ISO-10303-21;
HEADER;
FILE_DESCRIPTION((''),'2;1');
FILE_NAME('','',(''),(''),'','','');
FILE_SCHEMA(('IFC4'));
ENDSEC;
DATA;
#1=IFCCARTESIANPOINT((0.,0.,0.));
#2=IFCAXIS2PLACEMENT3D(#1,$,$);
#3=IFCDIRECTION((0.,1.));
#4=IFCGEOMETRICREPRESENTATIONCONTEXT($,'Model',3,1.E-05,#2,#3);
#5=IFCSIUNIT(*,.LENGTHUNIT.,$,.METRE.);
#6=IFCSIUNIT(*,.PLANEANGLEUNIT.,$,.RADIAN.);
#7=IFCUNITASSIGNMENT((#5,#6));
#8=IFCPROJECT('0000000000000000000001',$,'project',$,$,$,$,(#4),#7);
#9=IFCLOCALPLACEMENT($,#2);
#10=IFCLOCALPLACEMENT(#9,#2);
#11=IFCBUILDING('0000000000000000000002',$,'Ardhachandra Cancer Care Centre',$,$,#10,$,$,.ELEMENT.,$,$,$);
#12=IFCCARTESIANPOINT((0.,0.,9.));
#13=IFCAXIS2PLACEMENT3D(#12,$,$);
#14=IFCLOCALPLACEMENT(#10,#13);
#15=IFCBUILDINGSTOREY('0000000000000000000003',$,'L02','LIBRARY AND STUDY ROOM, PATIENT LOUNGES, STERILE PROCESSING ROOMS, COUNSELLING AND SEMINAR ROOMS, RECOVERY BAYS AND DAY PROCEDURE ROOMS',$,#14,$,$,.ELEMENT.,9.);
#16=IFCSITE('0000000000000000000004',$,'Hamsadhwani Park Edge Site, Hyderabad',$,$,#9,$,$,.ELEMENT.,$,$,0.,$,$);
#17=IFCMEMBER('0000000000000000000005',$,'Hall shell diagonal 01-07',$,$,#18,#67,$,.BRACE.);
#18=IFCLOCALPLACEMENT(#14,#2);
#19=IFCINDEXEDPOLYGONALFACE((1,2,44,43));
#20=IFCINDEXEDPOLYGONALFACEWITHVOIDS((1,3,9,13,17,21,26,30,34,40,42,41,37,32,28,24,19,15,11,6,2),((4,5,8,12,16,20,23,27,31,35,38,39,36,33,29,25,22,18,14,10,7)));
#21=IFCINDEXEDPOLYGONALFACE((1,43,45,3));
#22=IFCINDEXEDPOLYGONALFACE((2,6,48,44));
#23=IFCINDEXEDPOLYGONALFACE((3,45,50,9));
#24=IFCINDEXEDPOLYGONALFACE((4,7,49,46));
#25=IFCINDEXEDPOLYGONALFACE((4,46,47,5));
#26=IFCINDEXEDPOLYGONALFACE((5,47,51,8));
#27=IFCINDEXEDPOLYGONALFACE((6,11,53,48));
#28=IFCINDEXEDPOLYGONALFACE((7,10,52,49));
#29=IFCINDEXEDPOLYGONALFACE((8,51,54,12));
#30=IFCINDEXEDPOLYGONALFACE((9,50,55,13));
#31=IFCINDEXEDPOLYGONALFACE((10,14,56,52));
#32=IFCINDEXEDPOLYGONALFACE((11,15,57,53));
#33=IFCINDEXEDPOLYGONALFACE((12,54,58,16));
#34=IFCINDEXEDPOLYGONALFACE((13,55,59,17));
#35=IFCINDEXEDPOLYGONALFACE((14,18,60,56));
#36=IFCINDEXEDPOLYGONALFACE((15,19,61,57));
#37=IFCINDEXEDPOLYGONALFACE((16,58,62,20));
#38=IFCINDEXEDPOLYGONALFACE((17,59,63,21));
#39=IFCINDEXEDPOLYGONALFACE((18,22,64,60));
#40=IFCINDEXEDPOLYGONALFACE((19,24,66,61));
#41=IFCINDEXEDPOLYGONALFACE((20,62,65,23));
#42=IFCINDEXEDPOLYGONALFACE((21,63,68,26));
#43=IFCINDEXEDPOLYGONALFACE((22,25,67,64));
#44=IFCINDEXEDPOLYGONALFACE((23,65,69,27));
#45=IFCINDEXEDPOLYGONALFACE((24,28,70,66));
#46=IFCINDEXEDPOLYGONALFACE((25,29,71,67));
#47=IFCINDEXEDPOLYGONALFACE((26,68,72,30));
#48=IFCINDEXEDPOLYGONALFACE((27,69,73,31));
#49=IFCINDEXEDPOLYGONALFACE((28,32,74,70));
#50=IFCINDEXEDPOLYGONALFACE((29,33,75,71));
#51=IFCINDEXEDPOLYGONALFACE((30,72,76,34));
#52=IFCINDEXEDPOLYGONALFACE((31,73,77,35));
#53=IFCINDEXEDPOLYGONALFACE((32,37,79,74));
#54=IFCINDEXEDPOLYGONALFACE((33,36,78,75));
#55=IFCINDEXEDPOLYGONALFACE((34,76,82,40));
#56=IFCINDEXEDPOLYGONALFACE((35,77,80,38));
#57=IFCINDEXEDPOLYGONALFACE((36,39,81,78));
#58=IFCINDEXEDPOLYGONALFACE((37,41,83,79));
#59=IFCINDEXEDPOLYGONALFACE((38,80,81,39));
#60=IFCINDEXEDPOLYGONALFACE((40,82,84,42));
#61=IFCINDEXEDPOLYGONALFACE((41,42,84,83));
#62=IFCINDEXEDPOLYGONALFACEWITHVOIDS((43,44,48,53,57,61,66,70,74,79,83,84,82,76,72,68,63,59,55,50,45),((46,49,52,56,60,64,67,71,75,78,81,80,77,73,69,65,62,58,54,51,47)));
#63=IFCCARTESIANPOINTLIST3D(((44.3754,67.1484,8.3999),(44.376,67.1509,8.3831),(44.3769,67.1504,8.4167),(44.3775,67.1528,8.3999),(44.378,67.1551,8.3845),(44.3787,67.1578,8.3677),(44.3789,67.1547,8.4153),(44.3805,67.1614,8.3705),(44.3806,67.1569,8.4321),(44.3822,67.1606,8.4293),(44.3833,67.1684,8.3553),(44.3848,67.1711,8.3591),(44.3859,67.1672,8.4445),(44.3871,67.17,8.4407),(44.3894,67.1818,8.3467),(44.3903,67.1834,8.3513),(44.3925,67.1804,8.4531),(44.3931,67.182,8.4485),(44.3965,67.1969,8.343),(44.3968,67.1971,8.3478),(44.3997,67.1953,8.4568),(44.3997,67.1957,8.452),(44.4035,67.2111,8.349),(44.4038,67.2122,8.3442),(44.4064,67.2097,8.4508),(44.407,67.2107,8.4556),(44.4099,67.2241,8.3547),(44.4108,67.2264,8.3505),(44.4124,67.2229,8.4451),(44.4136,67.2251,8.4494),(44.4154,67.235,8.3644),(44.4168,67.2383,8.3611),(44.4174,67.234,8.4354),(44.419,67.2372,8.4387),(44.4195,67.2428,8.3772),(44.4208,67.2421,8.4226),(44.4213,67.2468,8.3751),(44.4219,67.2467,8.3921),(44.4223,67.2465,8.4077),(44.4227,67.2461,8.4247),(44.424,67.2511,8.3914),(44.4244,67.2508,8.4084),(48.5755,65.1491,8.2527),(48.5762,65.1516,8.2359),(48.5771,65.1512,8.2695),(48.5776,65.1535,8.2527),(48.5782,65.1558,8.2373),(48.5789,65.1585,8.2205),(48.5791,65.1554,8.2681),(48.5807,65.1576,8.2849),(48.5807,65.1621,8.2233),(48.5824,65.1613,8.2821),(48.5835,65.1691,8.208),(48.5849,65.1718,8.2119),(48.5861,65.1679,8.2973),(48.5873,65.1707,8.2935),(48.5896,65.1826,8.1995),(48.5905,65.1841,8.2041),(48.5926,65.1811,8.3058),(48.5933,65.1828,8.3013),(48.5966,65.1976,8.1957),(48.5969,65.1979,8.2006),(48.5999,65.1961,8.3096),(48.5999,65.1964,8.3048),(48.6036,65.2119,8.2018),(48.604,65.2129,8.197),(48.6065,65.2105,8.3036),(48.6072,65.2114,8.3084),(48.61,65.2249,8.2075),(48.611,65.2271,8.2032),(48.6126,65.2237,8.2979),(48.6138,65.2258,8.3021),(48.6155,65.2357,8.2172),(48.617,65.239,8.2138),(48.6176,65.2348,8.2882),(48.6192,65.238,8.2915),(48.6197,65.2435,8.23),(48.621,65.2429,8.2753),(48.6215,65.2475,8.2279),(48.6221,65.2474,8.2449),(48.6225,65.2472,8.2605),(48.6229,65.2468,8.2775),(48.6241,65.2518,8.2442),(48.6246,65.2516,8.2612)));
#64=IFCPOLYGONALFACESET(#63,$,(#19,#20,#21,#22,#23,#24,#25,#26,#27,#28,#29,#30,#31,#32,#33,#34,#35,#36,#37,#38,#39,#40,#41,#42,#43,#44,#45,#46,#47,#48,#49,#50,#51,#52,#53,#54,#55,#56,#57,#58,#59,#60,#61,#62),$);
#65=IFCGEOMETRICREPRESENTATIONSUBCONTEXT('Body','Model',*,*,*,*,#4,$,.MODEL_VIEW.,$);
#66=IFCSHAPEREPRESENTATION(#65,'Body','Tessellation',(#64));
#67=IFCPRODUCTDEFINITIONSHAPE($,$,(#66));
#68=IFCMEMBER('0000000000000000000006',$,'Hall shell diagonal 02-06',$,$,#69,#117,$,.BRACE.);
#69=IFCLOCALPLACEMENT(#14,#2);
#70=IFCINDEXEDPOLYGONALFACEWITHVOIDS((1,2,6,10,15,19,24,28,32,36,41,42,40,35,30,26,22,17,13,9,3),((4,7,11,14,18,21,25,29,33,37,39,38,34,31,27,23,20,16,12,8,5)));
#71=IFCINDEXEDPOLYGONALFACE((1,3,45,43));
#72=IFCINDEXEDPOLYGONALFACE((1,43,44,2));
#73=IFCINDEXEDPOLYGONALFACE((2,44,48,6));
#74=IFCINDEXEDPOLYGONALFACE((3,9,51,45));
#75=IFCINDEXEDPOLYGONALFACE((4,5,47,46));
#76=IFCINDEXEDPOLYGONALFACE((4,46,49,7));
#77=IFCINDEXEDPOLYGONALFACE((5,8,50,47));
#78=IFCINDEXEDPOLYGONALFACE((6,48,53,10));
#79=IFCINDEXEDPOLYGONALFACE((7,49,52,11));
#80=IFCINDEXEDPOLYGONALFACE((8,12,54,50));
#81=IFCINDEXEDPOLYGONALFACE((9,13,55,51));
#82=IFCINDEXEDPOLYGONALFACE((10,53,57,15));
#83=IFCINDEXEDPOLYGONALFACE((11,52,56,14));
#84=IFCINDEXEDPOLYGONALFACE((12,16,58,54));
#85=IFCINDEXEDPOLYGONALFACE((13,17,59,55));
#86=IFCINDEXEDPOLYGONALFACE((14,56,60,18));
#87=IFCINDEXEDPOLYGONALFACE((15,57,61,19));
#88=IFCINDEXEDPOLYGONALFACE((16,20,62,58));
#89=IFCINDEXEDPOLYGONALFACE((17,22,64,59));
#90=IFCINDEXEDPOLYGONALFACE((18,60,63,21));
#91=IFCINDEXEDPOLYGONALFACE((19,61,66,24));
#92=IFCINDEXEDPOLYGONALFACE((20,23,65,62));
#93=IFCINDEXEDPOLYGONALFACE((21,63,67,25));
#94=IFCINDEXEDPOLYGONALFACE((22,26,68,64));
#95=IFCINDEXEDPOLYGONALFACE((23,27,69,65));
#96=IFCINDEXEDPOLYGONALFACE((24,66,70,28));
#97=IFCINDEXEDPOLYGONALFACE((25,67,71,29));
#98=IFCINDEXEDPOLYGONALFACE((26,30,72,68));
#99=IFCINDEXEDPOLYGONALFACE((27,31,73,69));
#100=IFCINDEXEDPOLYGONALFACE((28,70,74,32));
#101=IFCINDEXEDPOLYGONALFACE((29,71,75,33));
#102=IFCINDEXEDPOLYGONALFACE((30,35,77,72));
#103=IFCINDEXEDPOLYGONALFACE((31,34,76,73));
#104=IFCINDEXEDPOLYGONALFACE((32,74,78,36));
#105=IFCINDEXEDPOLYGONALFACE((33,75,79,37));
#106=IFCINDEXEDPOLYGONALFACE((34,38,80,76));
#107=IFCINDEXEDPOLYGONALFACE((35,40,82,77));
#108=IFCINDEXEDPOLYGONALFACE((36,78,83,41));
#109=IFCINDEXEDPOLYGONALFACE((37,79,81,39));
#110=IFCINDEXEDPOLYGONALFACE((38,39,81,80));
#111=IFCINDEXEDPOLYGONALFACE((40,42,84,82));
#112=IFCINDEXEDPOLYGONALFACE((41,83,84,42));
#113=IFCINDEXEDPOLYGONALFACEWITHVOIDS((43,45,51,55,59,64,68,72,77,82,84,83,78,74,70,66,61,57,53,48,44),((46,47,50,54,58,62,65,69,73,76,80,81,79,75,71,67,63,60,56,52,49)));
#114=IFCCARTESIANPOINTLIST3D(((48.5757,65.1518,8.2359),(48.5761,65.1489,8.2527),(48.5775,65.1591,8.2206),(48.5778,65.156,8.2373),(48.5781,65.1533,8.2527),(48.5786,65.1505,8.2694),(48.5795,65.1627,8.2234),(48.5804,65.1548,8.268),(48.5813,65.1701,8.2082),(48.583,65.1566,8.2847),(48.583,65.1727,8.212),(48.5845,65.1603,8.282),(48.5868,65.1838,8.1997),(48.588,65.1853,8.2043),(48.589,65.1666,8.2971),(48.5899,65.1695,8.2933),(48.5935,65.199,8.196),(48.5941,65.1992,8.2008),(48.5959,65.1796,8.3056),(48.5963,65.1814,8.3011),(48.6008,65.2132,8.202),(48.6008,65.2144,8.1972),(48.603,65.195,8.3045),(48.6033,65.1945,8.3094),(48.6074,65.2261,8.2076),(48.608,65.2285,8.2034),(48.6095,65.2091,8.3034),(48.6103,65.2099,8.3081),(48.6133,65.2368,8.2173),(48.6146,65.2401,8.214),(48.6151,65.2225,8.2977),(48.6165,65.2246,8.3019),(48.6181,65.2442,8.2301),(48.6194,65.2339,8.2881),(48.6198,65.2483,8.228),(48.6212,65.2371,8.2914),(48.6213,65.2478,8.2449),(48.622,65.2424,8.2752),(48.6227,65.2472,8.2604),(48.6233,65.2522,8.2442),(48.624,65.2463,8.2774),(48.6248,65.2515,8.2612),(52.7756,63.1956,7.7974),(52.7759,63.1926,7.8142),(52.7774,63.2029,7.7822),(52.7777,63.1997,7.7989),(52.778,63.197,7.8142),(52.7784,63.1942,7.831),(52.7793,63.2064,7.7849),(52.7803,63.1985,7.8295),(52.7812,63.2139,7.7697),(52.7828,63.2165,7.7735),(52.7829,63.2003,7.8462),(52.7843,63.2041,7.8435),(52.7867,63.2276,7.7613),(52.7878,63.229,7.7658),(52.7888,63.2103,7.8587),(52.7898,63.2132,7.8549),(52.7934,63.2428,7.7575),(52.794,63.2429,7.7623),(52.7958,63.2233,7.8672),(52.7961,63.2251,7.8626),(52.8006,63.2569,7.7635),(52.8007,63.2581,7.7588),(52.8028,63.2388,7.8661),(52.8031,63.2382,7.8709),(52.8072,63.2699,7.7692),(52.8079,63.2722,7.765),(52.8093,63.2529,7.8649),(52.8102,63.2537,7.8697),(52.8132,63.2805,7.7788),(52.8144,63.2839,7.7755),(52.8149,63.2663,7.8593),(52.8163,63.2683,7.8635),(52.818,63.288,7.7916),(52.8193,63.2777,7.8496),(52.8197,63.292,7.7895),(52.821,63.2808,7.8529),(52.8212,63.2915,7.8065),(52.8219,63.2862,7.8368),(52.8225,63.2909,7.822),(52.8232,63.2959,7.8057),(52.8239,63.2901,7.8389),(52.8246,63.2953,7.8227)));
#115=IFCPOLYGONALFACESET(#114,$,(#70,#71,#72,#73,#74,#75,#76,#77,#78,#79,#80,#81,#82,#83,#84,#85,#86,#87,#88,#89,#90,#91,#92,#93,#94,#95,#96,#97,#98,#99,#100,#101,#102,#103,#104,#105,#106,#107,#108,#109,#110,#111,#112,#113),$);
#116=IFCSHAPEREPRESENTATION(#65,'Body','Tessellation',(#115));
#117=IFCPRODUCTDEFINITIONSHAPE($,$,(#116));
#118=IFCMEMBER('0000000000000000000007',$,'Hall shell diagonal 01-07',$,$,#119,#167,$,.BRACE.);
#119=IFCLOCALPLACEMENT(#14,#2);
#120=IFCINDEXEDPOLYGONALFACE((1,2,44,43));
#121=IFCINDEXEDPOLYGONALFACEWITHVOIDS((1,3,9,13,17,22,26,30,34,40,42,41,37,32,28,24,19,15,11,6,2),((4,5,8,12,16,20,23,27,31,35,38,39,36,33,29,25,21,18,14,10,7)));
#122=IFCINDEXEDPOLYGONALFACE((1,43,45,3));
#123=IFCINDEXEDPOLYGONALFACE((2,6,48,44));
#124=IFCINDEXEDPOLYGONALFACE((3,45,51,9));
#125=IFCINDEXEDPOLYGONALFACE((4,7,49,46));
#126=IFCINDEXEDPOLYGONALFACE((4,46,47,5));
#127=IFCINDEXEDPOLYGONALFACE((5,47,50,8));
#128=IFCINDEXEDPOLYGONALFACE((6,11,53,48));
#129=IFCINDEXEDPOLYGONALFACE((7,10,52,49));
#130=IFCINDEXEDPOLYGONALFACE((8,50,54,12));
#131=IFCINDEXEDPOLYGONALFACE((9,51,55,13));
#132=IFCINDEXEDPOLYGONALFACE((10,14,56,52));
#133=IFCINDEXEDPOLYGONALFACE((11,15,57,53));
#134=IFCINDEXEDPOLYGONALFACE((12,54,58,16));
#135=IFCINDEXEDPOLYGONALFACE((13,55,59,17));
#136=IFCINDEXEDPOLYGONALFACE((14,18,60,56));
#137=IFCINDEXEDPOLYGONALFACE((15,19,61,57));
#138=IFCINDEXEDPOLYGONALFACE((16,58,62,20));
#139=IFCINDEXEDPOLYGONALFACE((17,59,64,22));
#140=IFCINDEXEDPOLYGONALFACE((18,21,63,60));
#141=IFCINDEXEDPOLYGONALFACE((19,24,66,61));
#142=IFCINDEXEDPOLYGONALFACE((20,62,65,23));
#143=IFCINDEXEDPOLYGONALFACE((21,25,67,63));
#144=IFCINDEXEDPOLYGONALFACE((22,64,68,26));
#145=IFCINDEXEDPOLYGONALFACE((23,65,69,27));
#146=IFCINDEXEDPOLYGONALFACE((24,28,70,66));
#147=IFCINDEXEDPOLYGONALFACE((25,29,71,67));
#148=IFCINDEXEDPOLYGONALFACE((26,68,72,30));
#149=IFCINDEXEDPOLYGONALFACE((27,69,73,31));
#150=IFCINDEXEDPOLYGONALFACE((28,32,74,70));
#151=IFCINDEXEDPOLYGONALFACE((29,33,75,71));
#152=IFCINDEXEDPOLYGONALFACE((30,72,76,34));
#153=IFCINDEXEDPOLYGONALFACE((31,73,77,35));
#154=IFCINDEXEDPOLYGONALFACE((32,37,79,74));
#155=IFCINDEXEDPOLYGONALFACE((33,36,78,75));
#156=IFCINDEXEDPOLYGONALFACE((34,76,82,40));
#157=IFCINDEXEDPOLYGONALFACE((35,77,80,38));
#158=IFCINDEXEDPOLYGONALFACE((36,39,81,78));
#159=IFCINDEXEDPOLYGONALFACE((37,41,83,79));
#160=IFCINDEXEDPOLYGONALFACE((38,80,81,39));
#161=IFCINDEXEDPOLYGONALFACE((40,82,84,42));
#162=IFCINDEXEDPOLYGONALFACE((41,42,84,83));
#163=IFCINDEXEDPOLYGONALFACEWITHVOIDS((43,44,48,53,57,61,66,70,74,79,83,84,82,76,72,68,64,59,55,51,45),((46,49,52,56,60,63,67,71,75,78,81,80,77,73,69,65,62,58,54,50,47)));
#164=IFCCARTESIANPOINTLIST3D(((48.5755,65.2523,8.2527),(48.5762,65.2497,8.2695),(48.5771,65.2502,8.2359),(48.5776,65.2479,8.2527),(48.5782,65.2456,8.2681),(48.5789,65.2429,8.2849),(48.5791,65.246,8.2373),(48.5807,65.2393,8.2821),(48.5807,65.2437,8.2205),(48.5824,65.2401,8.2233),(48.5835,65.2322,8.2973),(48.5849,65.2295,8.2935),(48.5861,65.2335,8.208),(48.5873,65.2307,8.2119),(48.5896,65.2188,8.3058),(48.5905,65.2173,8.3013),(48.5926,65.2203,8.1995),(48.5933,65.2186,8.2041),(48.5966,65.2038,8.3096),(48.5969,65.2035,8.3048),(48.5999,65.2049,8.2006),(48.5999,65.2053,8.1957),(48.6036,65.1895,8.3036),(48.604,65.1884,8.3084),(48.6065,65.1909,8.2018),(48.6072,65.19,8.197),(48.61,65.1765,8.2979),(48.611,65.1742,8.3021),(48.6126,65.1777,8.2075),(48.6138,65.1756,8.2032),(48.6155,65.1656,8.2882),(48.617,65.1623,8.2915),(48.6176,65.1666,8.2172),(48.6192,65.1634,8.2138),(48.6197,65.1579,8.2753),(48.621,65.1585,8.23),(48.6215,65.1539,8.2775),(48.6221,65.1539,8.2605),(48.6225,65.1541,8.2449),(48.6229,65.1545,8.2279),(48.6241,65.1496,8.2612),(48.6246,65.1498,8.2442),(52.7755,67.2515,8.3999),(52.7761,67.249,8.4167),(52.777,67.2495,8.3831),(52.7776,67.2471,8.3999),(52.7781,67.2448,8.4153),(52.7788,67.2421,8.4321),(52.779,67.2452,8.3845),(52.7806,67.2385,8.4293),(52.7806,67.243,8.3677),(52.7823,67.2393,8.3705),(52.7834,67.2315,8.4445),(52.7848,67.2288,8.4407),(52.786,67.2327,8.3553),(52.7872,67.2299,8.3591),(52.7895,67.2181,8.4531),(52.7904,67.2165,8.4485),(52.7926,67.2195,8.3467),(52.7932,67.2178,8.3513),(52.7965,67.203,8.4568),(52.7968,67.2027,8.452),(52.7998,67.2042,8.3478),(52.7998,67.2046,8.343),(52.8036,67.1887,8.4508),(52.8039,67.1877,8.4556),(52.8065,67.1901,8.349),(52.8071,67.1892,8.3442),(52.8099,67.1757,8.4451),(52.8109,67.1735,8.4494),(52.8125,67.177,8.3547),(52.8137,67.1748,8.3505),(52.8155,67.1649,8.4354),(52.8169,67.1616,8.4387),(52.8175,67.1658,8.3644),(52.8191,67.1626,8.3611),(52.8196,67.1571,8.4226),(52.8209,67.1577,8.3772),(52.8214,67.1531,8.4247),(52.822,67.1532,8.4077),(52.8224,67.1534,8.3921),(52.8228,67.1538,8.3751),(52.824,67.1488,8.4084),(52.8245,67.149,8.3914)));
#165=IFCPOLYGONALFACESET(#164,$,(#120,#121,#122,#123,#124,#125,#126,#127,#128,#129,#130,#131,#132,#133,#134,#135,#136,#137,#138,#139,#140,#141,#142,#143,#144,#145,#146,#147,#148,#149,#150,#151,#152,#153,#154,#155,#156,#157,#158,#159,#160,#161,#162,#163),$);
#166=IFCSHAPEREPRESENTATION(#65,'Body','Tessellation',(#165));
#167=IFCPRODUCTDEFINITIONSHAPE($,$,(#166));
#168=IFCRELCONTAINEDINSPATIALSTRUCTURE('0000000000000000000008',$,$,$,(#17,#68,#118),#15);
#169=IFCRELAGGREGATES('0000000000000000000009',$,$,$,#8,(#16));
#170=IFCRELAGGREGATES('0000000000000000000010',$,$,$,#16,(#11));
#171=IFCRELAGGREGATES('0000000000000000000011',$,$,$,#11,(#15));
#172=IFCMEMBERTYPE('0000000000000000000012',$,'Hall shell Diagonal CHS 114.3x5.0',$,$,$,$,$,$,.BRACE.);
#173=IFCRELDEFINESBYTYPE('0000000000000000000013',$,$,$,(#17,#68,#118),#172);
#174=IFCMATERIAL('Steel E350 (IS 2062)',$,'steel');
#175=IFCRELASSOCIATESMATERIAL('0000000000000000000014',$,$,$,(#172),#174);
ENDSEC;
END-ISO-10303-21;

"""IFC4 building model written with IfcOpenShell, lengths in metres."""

from ifc_helpers import new_model, si_unit, direction, frame, origin, origin_2d, place, context, subcontext, project, spatial, hollow_circle, extrude, material, material_profile, profile_set, type_object, element, save


model = new_model("IFC4")

# Units and contexts
model_context = context("Model", 3, precision=1e-05, world=origin(), true_north=direction((0.0, 1.0)))
body_context = subcontext(model_context, "Body", "Model", "MODEL_VIEW")
ifc_project = project(units=[si_unit("LENGTHUNIT", "METRE"), si_unit("PLANEANGLEUNIT", "RADIAN")], contexts=[model_context])

# Site, building, storey
site_placement = place(None, origin())
site = spatial("IfcSite", under=ifc_project, at=site_placement, Name="Hamsadhwani Park Edge Site, Hyderabad", CompositionType="ELEMENT", RefElevation=0.0)
building_placement = place(site_placement, origin())
building = spatial("IfcBuilding", under=site, at=building_placement, Name="Ardhachandra Cancer Care Centre", CompositionType="ELEMENT")
storey_placement = place(building_placement, frame((0.0, 0.0, 9.0)))
storey = spatial("IfcBuildingStorey", under=building, at=storey_placement, Name="L02", Description="LIBRARY AND STUDY ROOM, PATIENT LOUNGES, STERILE PROCESSING ROOMS, COUNSELLING AND SEMINAR ROOMS, RECOVERY BAYS AND DAY PROCEDURE ROOMS", CompositionType="ELEMENT", Elevation=9.0)

# Members
ifc_material_1 = material(Name="Steel E350 (IS 2062)", Category="steel")
ifc_material_profile_1 = material_profile(ifc_material_1, hollow_circle(Radius=0.0571, WallThickness=0.0049, at=origin_2d()), Name="CHS 114.3x5.0")
ifc_profile_set_1 = profile_set([ifc_material_profile_1], Name="Steel E350 (IS 2062)")
member_type_1 = type_object("IfcMemberType", Name="Hall shell Diagonal CHS 114.3x5.0", PredefinedType="BRACE", material=ifc_profile_set_1)
member_1_placement = place(storey_placement, frame((48.6001, 65.2007, 8.2527), z_axis=(-0.902478, 0.429574, 0.031632), x_axis=(-0.429789, -0.902929, 0.0)))
element("IfcMember", 1, at=member_1_placement, inside=storey, type_object=member_type_1, Name="Hall shell diagonal 01-07", PredefinedType="BRACE", context=body_context, shape_type="SweptSolid", body=[
    extrude(hollow_circle(Radius=0.0571, WallThickness=0.0049, at=origin_2d()), origin(), (0.0, 0.0, 1.0), 4.6541),
])
for number, where, z_axis, x_axis, name in (
    (2, (52.8, 63.2444, 7.8142), (-0.902455, 0.420355, 0.094217), (-0.422233, -0.906487, 0.0), "Hall shell diagonal 02-06"),
    (3, (48.6001, 65.2007, 8.2527), (0.902468, 0.429594, 0.031633), (-0.429809, 0.90292, 0.0), "Hall shell diagonal 01-07"),
):
    element("IfcMember", number, at=place(storey_placement, frame(where, z_axis=z_axis, x_axis=x_axis)), inside=storey, type_object=member_type_1, Name=name, PredefinedType="BRACE", context=body_context, shape_type="SweptSolid", body=[
        extrude(hollow_circle(Radius=0.0571, WallThickness=0.0049, at=origin_2d()), origin(), (0.0, 0.0, 1.0), 4.6538),
    ])

save(model, "model.ifc")
